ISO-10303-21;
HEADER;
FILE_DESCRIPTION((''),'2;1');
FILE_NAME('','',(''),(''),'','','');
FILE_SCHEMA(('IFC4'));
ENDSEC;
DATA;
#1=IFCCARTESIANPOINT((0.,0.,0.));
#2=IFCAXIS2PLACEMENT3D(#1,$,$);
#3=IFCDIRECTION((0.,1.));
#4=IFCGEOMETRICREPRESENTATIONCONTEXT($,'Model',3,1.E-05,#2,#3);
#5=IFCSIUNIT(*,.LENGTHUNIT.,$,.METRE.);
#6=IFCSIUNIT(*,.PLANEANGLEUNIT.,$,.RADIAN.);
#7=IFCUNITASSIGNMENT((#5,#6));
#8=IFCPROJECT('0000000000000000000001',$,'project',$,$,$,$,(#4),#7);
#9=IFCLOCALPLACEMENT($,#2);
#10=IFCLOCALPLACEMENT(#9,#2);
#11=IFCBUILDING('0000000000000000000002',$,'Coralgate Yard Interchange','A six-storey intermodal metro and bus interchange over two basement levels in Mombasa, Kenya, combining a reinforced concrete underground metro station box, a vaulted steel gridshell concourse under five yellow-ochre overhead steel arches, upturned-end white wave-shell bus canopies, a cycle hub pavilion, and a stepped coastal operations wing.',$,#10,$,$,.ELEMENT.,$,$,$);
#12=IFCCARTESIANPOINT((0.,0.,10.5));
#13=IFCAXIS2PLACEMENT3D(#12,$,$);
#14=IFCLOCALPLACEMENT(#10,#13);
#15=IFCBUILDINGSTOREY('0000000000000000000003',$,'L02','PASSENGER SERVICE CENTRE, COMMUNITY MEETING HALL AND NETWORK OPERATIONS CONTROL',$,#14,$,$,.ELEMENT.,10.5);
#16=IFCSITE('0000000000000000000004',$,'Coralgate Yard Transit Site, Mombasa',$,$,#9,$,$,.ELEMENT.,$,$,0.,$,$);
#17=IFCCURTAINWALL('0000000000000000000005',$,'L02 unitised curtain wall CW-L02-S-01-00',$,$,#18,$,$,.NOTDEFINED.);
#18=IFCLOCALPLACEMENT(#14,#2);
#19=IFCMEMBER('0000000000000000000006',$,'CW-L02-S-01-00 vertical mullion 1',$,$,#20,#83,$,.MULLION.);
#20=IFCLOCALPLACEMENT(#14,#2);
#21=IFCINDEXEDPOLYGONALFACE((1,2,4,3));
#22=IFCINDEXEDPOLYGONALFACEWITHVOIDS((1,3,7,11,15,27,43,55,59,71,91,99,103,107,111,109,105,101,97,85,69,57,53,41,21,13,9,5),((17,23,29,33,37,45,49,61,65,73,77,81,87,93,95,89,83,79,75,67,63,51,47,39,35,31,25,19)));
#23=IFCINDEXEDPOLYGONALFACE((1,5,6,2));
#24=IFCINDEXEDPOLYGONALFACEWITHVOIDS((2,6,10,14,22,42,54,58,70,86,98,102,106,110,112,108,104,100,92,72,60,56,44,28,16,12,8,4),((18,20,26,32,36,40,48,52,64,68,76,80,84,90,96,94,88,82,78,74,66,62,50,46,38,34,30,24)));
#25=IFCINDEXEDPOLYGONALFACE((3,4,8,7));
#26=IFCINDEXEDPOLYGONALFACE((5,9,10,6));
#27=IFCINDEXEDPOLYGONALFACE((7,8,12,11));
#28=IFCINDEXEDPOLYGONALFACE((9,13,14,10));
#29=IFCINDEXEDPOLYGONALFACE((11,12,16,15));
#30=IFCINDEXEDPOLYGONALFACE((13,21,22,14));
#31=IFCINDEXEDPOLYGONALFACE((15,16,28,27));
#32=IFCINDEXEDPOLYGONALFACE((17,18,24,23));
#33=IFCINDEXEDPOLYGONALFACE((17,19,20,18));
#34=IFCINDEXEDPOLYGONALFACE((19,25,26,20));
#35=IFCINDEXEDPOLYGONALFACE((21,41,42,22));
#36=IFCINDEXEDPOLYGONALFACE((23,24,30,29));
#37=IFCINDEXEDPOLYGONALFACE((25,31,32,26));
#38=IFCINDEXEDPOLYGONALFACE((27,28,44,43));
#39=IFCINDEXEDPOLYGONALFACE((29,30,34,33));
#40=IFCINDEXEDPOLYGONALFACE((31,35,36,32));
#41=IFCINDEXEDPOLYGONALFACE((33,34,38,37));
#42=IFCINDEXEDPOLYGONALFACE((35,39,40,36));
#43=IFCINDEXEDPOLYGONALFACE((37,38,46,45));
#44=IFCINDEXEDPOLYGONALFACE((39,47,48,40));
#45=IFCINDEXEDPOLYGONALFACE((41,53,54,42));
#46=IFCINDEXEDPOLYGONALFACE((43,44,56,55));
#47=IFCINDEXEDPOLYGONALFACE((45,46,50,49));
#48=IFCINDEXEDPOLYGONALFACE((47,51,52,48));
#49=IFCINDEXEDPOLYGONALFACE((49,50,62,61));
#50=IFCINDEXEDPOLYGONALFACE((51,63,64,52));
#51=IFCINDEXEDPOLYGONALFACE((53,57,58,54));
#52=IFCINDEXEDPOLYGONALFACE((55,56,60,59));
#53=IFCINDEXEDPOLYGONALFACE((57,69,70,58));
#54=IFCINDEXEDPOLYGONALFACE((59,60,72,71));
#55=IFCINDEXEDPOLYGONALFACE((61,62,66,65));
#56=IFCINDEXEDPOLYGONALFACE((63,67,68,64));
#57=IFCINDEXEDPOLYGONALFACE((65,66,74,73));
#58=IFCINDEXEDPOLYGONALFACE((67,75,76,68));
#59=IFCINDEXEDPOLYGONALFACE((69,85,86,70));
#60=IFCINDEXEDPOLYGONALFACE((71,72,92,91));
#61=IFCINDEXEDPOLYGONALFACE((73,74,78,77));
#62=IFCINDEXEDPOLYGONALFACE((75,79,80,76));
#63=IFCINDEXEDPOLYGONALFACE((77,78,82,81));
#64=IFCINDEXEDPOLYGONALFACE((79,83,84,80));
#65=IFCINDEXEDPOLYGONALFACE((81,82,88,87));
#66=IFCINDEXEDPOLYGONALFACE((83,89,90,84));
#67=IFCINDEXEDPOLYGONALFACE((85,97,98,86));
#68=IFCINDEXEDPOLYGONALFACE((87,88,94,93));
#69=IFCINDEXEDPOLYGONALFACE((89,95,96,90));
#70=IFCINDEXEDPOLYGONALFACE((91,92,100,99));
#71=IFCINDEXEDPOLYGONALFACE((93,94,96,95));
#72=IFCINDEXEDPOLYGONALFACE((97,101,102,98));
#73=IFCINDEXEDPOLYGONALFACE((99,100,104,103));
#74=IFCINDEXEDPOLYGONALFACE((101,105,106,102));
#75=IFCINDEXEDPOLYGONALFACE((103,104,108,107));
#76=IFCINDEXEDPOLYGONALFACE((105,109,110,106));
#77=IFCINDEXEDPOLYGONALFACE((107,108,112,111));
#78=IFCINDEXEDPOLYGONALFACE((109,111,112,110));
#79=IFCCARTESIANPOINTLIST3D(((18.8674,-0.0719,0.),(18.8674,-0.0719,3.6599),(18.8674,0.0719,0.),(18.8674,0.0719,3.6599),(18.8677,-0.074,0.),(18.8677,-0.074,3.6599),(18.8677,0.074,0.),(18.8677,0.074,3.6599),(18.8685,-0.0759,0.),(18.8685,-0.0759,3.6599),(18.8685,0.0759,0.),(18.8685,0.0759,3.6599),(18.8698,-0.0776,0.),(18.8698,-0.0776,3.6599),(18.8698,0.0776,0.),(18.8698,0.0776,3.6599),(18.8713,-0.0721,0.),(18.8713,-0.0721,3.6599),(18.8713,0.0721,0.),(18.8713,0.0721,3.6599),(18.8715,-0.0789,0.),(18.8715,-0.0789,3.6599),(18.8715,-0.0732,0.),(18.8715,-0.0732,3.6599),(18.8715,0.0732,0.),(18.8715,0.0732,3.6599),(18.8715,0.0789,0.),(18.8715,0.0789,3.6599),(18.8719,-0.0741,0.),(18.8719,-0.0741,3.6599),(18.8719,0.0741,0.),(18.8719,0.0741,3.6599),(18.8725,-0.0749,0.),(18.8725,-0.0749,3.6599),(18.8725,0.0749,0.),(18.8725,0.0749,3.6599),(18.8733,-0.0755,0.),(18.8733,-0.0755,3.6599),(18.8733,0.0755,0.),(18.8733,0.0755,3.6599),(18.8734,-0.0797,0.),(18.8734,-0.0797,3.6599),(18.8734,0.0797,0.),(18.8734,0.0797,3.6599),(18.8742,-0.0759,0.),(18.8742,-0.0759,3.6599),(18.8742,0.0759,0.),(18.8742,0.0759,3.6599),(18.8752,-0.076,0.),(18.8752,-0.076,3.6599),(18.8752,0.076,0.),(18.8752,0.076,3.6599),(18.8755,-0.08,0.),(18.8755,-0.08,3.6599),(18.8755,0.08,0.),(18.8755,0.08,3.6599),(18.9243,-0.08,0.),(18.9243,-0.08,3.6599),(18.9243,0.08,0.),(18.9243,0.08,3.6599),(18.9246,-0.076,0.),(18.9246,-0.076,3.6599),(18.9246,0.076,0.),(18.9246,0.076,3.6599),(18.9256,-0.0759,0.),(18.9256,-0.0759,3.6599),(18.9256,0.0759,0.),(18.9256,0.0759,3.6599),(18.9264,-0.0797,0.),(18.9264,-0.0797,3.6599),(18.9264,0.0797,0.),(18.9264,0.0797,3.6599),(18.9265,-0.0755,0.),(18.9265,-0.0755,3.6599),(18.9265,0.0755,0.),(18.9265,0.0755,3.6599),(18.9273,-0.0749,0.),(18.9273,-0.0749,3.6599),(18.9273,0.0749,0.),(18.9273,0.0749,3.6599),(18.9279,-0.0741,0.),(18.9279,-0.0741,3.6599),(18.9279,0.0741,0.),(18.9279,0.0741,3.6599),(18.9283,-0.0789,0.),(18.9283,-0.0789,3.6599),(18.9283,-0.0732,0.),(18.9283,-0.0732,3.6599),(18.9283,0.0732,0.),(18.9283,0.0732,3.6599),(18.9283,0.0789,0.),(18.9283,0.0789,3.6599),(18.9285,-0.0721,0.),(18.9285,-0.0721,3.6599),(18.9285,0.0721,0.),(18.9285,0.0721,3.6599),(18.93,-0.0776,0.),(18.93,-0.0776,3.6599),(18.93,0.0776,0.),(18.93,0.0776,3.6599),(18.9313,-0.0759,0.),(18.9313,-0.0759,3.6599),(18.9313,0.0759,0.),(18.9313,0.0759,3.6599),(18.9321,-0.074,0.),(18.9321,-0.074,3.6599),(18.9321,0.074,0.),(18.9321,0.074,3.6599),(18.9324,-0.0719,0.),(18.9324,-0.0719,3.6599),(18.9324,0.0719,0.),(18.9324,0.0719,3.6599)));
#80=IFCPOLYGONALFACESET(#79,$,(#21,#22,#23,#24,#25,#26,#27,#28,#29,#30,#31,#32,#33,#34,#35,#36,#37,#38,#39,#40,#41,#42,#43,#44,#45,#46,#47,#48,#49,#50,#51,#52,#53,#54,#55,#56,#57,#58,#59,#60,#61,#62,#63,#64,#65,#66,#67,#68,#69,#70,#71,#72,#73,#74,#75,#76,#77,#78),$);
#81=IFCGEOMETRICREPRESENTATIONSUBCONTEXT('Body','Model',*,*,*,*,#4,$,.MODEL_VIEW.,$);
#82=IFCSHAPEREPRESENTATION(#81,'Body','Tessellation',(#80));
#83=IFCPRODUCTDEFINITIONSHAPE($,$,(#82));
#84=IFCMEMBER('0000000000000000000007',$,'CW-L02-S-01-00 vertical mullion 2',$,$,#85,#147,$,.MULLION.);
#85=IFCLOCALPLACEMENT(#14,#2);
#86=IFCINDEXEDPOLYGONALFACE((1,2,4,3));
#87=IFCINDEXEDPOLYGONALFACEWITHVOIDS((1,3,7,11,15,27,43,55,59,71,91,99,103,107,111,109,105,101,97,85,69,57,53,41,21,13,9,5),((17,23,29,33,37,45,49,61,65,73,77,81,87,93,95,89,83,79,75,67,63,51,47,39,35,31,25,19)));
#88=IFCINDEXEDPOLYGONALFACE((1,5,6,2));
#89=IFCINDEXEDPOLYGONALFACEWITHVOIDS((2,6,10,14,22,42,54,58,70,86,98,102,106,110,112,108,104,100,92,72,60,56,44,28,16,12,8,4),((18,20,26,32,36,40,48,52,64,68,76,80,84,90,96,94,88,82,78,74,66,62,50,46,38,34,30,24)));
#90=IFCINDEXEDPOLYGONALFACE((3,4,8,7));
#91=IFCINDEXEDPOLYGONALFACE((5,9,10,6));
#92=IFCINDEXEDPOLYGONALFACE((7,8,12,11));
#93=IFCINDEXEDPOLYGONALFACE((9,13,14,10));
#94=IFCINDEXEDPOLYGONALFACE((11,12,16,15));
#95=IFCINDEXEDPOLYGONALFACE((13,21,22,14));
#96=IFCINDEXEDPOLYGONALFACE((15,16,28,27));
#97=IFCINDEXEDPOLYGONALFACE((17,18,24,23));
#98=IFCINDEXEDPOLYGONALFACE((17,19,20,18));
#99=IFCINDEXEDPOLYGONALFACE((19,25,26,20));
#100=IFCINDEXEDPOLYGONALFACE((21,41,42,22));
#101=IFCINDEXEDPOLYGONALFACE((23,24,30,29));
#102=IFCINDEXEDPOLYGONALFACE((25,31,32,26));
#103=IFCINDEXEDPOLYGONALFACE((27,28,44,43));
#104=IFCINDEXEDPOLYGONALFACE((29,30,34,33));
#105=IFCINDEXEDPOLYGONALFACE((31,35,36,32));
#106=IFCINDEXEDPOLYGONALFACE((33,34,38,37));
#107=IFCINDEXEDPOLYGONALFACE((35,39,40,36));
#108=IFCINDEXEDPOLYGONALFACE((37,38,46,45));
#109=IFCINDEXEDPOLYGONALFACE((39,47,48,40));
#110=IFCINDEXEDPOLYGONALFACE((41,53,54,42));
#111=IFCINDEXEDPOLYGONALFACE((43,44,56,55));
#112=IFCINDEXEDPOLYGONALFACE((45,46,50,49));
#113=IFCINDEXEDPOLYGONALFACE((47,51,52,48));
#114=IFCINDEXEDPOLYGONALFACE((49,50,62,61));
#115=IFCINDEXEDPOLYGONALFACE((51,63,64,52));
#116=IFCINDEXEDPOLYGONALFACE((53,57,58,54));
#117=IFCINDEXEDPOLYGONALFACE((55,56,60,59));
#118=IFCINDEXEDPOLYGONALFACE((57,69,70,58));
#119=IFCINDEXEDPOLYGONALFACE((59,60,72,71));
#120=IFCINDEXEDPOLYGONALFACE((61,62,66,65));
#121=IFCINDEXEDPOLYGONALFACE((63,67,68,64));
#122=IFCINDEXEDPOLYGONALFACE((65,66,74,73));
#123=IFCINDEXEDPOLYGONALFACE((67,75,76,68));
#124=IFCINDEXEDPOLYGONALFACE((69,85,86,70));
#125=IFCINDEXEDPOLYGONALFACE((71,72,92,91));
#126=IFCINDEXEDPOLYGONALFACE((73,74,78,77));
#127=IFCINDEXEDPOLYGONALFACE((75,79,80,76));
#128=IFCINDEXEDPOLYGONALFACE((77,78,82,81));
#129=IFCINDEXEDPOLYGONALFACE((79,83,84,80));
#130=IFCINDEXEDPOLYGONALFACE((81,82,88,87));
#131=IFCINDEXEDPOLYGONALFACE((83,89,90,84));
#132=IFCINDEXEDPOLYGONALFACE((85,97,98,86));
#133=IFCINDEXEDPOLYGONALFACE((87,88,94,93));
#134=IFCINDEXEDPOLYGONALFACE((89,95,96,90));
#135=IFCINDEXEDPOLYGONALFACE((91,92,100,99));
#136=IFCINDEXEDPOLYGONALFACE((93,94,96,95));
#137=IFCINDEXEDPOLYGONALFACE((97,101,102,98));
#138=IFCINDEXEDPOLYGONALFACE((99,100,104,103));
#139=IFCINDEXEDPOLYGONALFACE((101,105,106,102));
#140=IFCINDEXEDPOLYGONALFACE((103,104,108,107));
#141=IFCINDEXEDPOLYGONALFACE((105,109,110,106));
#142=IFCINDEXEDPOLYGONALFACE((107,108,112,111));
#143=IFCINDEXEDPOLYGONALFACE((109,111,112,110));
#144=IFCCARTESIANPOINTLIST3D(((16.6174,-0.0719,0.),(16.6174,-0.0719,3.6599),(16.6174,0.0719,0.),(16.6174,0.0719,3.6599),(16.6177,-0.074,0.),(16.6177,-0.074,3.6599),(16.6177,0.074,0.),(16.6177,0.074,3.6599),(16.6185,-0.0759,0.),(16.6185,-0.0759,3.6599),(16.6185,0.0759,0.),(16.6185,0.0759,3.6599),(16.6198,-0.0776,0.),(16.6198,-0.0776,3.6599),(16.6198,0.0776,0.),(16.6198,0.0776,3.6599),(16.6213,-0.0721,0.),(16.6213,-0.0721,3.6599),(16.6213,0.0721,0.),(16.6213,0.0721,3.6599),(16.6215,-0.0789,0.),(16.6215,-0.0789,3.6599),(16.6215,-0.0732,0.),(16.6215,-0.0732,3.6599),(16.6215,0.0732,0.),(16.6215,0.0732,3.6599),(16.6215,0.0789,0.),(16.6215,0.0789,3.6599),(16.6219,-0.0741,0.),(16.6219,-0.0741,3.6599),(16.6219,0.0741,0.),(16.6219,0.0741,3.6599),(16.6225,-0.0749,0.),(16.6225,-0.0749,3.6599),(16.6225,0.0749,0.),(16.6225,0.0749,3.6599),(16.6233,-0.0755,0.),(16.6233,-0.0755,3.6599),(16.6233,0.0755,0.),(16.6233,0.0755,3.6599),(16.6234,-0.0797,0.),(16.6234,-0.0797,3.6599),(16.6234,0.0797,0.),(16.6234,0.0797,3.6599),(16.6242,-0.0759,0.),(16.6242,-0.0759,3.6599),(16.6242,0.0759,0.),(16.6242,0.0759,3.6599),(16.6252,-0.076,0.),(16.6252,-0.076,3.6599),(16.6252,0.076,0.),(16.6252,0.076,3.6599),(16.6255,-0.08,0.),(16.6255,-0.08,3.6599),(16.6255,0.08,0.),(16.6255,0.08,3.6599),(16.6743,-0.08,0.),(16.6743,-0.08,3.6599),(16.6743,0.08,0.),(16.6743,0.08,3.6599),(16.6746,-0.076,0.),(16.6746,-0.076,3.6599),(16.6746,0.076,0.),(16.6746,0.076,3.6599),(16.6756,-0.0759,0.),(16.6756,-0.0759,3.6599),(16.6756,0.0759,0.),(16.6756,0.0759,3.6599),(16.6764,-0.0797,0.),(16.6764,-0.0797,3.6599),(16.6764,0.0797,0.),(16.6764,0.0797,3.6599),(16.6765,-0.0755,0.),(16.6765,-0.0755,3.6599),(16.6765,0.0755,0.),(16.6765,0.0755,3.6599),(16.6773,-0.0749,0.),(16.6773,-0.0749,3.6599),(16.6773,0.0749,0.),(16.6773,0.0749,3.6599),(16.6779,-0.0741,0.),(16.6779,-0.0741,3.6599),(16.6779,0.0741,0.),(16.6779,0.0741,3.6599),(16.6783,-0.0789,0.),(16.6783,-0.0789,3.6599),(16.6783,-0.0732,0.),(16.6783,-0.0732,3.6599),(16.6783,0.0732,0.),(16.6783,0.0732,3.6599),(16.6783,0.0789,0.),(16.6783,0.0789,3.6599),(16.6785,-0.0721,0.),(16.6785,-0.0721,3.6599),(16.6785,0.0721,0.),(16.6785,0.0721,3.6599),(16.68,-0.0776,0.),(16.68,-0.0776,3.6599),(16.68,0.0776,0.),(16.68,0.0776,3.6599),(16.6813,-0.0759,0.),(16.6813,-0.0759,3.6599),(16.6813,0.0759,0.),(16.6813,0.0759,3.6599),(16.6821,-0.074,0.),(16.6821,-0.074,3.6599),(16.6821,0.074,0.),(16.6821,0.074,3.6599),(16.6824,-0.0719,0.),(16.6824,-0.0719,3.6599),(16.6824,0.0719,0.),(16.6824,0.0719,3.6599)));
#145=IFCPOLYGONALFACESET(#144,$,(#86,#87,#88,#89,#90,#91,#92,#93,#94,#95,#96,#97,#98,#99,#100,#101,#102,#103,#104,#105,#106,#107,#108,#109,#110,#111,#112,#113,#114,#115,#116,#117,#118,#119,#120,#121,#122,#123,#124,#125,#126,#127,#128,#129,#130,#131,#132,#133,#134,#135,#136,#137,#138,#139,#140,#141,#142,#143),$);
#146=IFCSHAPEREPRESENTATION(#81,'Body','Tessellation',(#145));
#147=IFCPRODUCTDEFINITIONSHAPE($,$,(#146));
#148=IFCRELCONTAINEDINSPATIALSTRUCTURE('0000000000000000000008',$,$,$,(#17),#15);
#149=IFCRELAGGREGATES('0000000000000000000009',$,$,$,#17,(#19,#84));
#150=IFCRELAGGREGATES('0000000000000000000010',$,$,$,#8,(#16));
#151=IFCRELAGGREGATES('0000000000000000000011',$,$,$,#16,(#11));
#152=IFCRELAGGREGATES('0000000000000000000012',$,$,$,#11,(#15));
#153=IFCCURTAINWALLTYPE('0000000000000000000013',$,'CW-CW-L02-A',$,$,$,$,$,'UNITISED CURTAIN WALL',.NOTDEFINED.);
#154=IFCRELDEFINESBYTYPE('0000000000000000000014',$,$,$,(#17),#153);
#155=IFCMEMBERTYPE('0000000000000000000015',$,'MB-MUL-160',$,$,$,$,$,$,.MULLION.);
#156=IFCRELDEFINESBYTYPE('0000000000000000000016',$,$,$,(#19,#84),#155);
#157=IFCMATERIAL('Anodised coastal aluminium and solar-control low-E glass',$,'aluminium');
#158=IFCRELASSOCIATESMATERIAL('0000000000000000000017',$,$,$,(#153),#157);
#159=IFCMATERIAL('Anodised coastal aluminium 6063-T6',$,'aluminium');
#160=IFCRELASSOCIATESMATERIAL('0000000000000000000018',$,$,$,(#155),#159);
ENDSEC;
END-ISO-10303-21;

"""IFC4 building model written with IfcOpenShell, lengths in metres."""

from ifc_helpers import new_model, si_unit, direction, frame, origin, origin_2d, place, context, subcontext, project, spatial, hollow_rectangle, extrude, material, material_profile, profile_set, type_object, element, aggregate, save


model = new_model("IFC4")

# Units and contexts
model_context = context("Model", 3, precision=1e-05, world=origin(), true_north=direction((0.0, 1.0)))
body_context = subcontext(model_context, "Body", "Model", "MODEL_VIEW")
ifc_project = project(units=[si_unit("LENGTHUNIT", "METRE"), si_unit("PLANEANGLEUNIT", "RADIAN")], contexts=[model_context])

# Site, building, storey
site_placement = place(None, origin())
site = spatial("IfcSite", under=ifc_project, at=site_placement, Name="Coralgate Yard Transit Site, Mombasa", CompositionType="ELEMENT", RefElevation=0.0)
building_placement = place(site_placement, origin())
building = spatial("IfcBuilding", under=site, at=building_placement, Name="Coralgate Yard Interchange", Description="A six-storey intermodal metro and bus interchange over two basement levels in Mombasa, Kenya, combining a reinforced concrete underground metro station box, a vaulted steel gridshell concourse under five yellow-ochre overhead steel arches, upturned-end white wave-shell bus canopies, a cycle hub pavilion, and a stepped coastal operations wing.", CompositionType="ELEMENT")
storey_placement = place(building_placement, frame((0.0, 0.0, 10.5)))
storey = spatial("IfcBuildingStorey", under=building, at=storey_placement, Name="L02", Description="PASSENGER SERVICE CENTRE, COMMUNITY MEETING HALL AND NETWORK OPERATIONS CONTROL", CompositionType="ELEMENT", Elevation=10.5)

# Curtain wall, members
ifc_material_1 = material(Name="Anodised coastal aluminium and solar-control low-E glass", Category="aluminium")
curtain_wall_type = type_object("IfcCurtainWallType", Name="CW-CW-L02-A", ElementType="UNITISED CURTAIN WALL", PredefinedType="NOTDEFINED", material=ifc_material_1)
curtain_wall_placement = place(storey_placement, origin())
curtain_wall = element("IfcCurtainWall", 1, at=curtain_wall_placement, inside=storey, type_object=curtain_wall_type, Name="L02 unitised curtain wall CW-L02-S-01-00", PredefinedType="NOTDEFINED")
ifc_material_2 = material(Name="Anodised coastal aluminium 6063-T6", Category="aluminium")
ifc_material_profile_1 = material_profile(ifc_material_2, hollow_rectangle(XDim=0.0649, YDim=0.1599, WallThickness=0.0039, InnerFilletRadius=0.0039, OuterFilletRadius=0.0081, at=origin_2d()), Name="ALU 65x160x4")
ifc_profile_set_1 = profile_set([ifc_material_profile_1], Name="Anodised coastal aluminium 6063-T6")
member_type_1 = type_object("IfcMemberType", Name="MB-MUL-160", PredefinedType="MULLION", material=ifc_profile_set_1)
member_1_placement = place(storey_placement, frame((18.8999, 0.0, 0.0), z_axis=(0.0, 0.0, 1.0), x_axis=(1.0, 0.0, 0.0)))
member_1 = element("IfcMember", 2, at=member_1_placement, type_object=member_type_1, Name="CW-L02-S-01-00 vertical mullion 1", PredefinedType="MULLION", context=body_context, shape_type="SweptSolid", body=[
    extrude(hollow_rectangle(XDim=0.0649, YDim=0.1599, WallThickness=0.0039, InnerFilletRadius=0.0039, OuterFilletRadius=0.0081, at=origin_2d()), origin(), (0.0, 0.0, 1.0), 3.6599),
])
member_2_placement = place(storey_placement, frame((16.6499, 0.0, 0.0), z_axis=(0.0, 0.0, 1.0), x_axis=(1.0, 0.0, 0.0)))
member_2 = element("IfcMember", 3, at=member_2_placement, type_object=member_type_1, Name="CW-L02-S-01-00 vertical mullion 2", PredefinedType="MULLION", context=body_context, shape_type="SweptSolid", body=[
    extrude(hollow_rectangle(XDim=0.0649, YDim=0.1599, WallThickness=0.0039, InnerFilletRadius=0.0039, OuterFilletRadius=0.0081, at=origin_2d()), origin(), (0.0, 0.0, 1.0), 3.6599),
])
aggregate(curtain_wall, [member_1, member_2])

save(model, "model.ifc")
